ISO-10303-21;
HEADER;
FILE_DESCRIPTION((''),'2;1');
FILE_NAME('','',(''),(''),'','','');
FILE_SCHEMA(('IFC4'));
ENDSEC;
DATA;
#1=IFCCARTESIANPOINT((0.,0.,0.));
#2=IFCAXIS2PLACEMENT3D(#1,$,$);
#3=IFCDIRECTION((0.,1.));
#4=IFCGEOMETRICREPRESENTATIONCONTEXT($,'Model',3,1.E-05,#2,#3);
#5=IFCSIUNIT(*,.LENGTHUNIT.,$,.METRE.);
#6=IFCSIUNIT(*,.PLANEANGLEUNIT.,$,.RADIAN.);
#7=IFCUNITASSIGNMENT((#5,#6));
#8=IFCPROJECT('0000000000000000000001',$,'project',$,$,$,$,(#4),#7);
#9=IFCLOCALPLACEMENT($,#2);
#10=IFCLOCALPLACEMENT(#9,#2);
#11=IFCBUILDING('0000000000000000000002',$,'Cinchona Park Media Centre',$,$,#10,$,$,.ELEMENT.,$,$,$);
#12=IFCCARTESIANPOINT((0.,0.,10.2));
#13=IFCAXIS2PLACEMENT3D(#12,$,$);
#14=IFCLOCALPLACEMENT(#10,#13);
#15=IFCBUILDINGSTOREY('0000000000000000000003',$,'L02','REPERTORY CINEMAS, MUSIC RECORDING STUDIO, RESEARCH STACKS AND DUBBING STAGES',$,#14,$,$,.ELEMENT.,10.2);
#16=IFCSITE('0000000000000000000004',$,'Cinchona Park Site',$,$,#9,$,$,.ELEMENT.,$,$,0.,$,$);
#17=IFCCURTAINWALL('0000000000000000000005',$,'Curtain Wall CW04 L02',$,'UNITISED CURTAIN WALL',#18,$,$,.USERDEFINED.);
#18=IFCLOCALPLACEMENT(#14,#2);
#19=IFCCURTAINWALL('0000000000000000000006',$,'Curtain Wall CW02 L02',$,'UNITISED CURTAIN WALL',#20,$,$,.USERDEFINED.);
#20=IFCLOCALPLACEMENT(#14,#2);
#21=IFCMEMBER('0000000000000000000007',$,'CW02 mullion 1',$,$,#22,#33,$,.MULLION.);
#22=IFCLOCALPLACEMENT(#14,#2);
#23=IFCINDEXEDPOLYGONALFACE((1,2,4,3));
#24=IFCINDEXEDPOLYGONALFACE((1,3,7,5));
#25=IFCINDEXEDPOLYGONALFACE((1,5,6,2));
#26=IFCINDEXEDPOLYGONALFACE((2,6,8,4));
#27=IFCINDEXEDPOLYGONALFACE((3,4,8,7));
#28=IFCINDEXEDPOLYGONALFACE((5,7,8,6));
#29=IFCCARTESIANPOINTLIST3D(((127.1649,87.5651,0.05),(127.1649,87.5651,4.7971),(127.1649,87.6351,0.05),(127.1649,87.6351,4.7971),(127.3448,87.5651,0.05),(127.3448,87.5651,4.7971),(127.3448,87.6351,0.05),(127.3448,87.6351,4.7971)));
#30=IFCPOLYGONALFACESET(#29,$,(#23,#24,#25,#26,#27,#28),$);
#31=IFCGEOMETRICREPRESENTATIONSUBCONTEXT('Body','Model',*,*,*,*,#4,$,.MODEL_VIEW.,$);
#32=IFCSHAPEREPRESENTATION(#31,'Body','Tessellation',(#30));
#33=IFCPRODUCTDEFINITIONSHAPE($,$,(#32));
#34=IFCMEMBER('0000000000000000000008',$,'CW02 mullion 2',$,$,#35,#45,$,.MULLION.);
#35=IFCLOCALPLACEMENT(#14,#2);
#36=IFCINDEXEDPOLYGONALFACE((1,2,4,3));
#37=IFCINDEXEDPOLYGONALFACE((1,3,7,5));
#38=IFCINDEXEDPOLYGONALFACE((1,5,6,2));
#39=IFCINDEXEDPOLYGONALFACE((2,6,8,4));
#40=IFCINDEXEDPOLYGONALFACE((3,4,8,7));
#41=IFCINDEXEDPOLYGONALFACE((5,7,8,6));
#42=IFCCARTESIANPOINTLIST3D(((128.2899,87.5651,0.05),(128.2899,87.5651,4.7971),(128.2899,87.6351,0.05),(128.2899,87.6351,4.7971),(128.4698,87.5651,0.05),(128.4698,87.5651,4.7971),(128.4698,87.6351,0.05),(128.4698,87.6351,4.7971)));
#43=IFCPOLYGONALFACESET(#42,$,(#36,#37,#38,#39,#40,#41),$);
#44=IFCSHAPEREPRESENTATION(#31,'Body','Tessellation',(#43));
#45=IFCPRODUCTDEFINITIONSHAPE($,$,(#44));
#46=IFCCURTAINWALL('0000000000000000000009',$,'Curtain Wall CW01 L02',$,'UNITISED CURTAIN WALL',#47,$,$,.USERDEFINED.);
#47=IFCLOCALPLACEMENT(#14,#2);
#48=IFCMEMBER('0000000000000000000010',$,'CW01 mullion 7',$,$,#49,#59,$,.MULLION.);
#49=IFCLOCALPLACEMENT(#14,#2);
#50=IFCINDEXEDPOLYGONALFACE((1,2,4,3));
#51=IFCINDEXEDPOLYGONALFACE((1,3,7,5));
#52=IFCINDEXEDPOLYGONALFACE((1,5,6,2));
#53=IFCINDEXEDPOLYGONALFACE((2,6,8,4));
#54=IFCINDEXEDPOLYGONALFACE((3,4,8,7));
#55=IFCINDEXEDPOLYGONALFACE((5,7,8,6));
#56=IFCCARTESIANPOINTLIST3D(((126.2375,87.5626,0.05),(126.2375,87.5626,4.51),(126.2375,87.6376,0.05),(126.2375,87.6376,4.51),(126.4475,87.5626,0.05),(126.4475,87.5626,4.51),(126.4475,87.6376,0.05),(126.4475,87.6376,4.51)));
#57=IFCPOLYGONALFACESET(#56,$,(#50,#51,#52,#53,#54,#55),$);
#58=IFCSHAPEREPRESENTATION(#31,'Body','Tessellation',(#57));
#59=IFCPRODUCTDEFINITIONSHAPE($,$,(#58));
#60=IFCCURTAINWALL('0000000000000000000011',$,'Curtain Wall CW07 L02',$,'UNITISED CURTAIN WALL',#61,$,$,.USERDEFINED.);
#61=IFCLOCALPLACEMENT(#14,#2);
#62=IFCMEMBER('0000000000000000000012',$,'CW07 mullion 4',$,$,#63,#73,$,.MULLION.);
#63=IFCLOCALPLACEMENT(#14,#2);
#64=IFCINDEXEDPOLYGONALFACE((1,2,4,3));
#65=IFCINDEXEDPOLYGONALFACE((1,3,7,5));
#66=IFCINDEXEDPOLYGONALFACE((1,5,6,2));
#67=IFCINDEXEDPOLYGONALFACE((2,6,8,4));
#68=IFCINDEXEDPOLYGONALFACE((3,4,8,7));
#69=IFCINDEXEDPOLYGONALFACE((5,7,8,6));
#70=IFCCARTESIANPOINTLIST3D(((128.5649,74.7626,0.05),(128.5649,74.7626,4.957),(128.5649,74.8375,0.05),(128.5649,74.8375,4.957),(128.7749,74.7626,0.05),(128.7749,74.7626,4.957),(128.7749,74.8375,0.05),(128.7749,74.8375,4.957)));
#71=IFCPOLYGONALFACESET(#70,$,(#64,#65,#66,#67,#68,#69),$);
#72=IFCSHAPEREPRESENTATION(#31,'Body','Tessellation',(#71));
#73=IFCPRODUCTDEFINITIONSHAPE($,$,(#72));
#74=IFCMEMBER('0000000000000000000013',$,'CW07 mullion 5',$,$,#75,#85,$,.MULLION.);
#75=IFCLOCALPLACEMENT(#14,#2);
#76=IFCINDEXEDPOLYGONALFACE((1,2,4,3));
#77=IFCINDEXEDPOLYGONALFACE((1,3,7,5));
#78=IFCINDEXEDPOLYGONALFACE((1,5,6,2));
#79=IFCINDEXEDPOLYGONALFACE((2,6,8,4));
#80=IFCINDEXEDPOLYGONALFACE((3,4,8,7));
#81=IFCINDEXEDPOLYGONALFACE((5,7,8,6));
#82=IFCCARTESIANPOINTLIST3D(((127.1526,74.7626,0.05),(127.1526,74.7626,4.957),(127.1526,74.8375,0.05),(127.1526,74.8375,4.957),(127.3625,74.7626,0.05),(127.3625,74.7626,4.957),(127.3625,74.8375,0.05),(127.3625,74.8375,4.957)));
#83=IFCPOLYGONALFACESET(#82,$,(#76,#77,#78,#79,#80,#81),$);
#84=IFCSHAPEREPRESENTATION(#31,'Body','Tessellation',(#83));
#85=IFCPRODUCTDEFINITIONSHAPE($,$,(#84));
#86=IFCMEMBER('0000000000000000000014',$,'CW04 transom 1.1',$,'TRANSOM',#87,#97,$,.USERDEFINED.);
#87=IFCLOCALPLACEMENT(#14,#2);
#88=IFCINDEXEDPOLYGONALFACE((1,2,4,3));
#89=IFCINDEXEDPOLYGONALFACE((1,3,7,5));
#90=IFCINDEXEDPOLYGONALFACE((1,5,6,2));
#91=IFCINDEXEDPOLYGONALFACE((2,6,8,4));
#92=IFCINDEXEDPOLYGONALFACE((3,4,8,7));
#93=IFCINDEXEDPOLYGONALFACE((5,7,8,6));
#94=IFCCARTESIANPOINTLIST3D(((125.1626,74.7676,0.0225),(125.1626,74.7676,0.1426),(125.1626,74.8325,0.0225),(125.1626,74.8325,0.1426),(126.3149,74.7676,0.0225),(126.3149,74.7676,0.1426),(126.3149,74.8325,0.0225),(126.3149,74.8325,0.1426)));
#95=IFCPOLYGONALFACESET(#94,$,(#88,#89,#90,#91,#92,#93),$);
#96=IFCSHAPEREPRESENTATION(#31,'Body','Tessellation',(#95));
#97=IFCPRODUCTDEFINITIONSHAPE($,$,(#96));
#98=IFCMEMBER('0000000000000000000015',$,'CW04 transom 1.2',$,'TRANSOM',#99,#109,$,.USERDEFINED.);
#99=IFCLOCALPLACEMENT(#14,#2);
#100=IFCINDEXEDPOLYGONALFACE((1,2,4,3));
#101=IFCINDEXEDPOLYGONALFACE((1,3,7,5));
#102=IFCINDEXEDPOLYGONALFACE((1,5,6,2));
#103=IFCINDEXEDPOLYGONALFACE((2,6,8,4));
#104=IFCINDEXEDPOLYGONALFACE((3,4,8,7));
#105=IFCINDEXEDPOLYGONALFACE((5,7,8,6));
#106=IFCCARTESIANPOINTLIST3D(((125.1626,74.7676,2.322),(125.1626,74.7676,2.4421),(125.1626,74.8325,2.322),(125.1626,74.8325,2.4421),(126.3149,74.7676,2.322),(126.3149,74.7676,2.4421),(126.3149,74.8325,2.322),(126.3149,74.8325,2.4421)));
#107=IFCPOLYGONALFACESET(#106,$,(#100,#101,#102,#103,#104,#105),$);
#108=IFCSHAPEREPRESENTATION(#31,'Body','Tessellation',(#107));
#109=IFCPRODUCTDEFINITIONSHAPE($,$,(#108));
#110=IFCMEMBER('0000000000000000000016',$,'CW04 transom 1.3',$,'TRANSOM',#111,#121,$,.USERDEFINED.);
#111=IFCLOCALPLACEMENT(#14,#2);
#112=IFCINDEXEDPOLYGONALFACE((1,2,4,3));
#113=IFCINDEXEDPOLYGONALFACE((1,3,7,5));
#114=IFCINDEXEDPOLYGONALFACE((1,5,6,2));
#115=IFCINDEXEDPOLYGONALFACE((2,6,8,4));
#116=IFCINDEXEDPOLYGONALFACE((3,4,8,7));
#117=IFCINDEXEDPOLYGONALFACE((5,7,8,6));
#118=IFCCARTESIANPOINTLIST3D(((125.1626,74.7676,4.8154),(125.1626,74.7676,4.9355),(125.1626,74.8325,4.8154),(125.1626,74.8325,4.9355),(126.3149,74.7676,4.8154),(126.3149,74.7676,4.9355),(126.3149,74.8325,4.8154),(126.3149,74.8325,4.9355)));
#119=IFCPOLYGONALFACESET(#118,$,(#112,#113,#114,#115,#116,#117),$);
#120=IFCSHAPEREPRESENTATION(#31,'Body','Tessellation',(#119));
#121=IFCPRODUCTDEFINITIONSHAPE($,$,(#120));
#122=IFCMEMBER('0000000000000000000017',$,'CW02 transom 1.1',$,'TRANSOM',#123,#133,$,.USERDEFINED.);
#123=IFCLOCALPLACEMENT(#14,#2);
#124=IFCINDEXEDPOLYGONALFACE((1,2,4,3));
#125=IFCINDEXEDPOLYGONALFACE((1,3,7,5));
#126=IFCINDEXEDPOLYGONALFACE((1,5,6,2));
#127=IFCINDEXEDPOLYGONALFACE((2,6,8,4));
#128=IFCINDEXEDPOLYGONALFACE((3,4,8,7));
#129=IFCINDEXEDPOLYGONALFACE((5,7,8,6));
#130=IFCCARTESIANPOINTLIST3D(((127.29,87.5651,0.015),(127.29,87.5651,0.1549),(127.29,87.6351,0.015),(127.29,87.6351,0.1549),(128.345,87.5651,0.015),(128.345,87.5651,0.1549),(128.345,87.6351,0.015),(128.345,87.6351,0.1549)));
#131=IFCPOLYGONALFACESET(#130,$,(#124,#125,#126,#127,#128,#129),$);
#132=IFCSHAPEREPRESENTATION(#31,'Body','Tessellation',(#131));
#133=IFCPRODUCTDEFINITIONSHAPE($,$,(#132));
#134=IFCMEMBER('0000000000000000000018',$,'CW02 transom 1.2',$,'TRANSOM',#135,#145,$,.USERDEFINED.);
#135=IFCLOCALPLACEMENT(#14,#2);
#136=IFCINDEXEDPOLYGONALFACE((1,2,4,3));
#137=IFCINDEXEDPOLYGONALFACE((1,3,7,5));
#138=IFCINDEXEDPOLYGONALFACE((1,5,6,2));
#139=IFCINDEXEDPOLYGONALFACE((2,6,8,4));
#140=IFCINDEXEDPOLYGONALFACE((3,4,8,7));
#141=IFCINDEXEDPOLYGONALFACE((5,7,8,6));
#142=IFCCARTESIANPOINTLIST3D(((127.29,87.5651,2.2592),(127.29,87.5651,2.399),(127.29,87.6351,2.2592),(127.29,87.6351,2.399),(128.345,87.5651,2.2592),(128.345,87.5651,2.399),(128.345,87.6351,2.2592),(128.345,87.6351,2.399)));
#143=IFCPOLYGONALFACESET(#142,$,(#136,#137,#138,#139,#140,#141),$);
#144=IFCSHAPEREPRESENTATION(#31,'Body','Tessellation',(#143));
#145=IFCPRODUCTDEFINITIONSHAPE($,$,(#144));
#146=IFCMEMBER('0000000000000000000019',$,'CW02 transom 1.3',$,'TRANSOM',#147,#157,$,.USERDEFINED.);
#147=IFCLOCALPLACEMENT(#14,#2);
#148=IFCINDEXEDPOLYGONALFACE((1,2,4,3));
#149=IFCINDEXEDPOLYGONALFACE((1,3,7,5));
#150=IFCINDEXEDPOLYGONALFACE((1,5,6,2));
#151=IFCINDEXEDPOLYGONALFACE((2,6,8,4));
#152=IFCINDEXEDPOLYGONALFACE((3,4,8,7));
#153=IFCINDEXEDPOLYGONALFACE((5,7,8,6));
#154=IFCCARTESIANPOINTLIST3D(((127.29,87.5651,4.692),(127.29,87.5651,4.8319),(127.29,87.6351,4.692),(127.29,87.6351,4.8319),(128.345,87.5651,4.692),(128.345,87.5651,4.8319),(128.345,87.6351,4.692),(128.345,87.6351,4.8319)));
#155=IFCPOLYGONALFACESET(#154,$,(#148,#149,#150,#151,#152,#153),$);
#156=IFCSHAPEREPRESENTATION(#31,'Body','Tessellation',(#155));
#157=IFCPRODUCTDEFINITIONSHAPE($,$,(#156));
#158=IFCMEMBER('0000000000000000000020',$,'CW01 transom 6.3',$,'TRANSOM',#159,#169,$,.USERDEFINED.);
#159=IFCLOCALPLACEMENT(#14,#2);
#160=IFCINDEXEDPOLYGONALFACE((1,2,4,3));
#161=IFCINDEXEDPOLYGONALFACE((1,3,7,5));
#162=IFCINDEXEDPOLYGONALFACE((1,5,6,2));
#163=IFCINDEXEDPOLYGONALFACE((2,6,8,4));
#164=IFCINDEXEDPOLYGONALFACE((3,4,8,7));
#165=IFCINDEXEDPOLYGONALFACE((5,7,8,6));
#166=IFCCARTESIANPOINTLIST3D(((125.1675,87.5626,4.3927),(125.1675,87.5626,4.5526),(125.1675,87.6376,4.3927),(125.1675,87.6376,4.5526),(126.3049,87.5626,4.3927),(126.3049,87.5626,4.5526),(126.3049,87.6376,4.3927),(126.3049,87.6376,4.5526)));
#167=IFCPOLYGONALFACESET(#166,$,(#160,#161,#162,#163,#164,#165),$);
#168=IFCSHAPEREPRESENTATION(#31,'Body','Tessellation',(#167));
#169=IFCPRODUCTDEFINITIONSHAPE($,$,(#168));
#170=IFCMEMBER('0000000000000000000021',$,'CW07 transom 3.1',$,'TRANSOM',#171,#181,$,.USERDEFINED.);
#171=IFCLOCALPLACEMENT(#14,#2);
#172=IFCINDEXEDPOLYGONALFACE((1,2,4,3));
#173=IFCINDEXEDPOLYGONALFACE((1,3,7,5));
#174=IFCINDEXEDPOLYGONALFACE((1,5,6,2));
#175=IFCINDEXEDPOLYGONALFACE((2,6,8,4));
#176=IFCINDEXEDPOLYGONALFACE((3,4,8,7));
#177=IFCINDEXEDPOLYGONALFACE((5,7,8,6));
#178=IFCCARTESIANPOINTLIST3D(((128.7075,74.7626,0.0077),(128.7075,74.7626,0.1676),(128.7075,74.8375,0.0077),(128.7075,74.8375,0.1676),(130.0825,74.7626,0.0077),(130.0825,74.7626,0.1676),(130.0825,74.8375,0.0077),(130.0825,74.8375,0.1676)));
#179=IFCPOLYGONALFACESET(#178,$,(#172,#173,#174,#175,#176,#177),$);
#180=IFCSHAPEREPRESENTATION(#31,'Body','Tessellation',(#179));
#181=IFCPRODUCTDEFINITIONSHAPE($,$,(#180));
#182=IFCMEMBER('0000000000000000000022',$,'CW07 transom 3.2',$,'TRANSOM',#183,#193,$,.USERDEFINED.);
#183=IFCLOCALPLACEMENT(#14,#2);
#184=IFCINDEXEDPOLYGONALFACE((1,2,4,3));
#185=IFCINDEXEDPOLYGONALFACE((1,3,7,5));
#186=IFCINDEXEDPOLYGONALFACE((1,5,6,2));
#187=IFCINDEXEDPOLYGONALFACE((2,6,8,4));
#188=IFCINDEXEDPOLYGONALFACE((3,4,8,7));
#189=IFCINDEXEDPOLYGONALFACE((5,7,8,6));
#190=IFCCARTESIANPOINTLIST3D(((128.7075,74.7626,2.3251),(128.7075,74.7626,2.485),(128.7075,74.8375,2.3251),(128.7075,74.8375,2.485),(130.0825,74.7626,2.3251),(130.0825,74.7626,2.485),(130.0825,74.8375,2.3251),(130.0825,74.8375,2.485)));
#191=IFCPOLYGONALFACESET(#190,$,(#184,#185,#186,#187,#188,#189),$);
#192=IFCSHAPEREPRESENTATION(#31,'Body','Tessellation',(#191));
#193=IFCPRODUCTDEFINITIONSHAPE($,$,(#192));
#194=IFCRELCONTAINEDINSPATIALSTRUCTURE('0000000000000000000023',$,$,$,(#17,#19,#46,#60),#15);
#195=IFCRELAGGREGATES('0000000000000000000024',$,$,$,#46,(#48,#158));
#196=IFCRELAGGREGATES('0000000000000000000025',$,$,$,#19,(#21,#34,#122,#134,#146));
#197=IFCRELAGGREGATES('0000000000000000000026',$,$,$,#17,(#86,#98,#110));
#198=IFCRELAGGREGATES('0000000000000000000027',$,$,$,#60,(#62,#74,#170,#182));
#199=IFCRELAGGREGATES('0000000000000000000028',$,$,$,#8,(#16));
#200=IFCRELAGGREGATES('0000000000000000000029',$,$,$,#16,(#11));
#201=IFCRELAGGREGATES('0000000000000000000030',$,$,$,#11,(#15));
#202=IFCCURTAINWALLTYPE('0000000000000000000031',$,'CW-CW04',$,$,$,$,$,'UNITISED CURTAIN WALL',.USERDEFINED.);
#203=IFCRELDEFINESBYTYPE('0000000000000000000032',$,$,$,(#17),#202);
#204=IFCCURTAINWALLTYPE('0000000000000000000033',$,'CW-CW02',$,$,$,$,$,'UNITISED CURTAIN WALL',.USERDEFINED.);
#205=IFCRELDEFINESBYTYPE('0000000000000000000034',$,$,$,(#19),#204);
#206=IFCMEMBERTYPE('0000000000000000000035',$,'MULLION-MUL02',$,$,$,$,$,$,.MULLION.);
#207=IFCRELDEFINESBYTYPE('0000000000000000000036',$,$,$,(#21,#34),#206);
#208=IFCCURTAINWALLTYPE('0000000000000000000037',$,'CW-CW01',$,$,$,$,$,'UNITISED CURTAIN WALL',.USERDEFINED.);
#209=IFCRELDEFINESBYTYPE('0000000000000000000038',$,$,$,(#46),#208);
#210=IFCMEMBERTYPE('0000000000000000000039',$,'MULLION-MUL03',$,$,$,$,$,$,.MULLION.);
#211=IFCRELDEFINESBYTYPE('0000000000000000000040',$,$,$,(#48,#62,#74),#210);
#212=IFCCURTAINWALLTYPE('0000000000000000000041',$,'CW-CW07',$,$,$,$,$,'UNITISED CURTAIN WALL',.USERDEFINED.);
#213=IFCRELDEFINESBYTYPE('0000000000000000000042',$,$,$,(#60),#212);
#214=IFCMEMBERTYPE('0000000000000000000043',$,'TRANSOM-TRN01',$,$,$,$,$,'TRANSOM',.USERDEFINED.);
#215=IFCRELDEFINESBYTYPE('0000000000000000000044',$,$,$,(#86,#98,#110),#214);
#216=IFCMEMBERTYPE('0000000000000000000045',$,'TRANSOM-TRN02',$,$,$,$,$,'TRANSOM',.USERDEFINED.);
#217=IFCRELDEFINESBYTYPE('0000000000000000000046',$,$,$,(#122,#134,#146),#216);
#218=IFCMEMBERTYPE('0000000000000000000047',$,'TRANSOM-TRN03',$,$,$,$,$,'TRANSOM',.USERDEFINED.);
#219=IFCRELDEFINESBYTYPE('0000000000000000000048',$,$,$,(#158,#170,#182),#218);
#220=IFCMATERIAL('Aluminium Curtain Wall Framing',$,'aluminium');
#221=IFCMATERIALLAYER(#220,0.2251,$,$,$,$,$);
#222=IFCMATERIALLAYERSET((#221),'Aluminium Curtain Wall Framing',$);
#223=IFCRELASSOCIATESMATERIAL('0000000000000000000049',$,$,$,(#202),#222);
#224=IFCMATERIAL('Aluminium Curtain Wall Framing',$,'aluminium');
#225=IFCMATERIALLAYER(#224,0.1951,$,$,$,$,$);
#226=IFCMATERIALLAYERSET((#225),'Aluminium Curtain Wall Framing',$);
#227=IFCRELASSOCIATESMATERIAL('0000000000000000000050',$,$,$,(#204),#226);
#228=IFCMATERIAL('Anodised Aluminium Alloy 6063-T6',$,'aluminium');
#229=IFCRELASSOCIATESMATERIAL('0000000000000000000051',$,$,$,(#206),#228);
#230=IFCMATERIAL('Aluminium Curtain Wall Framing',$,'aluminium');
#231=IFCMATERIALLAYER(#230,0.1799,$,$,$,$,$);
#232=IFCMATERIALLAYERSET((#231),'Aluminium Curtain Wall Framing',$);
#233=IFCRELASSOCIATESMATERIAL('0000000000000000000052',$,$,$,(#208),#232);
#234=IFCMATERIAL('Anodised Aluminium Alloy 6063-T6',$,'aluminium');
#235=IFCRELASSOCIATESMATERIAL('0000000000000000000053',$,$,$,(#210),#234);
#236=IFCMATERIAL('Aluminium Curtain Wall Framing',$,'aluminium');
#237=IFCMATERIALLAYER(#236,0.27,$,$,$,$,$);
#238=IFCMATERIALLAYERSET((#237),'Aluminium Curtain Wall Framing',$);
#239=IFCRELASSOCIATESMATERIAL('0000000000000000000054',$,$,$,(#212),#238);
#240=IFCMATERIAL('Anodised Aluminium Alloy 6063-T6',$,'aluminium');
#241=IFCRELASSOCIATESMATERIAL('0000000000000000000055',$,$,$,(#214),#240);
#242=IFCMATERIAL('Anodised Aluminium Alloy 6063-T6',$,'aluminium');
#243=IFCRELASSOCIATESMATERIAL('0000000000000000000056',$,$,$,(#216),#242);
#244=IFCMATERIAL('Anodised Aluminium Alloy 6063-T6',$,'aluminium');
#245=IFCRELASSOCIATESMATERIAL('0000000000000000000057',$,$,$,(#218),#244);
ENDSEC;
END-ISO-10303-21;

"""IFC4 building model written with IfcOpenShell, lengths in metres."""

from ifc_helpers import new_model, si_unit, direction, frame, origin, origin_2d, place, context, subcontext, project, spatial, rectangle, extrude, material, layer, layer_set, material_profile, profile_set, type_object, element, aggregate, save


model = new_model("IFC4")

# Units and contexts
model_context = context("Model", 3, precision=1e-05, world=origin(), true_north=direction((0.0, 1.0)))
body_context = subcontext(model_context, "Body", "Model", "MODEL_VIEW")
ifc_project = project(units=[si_unit("LENGTHUNIT", "METRE"), si_unit("PLANEANGLEUNIT", "RADIAN")], contexts=[model_context])

# Site, building, storey
site_placement = place(None, origin())
site = spatial("IfcSite", under=ifc_project, at=site_placement, Name="Cinchona Park Site", CompositionType="ELEMENT", RefElevation=0.0)
building_placement = place(site_placement, origin())
building = spatial("IfcBuilding", under=site, at=building_placement, Name="Cinchona Park Media Centre", CompositionType="ELEMENT")
storey_placement = place(building_placement, frame((0.0, 0.0, 10.2)))
storey = spatial("IfcBuildingStorey", under=building, at=storey_placement, Name="L02", Description="REPERTORY CINEMAS, MUSIC RECORDING STUDIO, RESEARCH STACKS AND DUBBING STAGES", CompositionType="ELEMENT", Elevation=10.2)

# Curtain wall
ifc_material_1 = material(Name="Aluminium Curtain Wall Framing", Category="aluminium")
ifc_layer_1 = layer(ifc_material_1, 0.2251)
ifc_layer_set_1 = layer_set([ifc_layer_1], Name="Aluminium Curtain Wall Framing")
curtain_wall_type_1 = type_object("IfcCurtainWallType", Name="CW-CW04", ElementType="UNITISED CURTAIN WALL", PredefinedType="USERDEFINED", material=ifc_layer_set_1)
curtain_wall_1_placement = place(storey_placement, origin())
curtain_wall_1 = element("IfcCurtainWall", 1, at=curtain_wall_1_placement, inside=storey, type_object=curtain_wall_type_1, Name="Curtain Wall CW04 L02", ObjectType="UNITISED CURTAIN WALL", PredefinedType="USERDEFINED")

# Curtain wall, members
ifc_material_2 = material(Name="Aluminium Curtain Wall Framing", Category="aluminium")
ifc_layer_2 = layer(ifc_material_2, 0.1951)
ifc_layer_set_2 = layer_set([ifc_layer_2], Name="Aluminium Curtain Wall Framing")
curtain_wall_type_2 = type_object("IfcCurtainWallType", Name="CW-CW02", ElementType="UNITISED CURTAIN WALL", PredefinedType="USERDEFINED", material=ifc_layer_set_2)
curtain_wall_2_placement = place(storey_placement, origin())
curtain_wall_2 = element("IfcCurtainWall", 2, at=curtain_wall_2_placement, inside=storey, type_object=curtain_wall_type_2, Name="Curtain Wall CW02 L02", ObjectType="UNITISED CURTAIN WALL", PredefinedType="USERDEFINED")
ifc_material_3 = material(Name="Anodised Aluminium Alloy 6063-T6", Category="aluminium")
ifc_material_profile_1 = material_profile(ifc_material_3, rectangle(XDim=0.0701, YDim=0.1799, at=origin_2d()), Name="MUL-70X180")
ifc_profile_set_1 = profile_set([ifc_material_profile_1], Name="Anodised Aluminium Alloy 6063-T6")
member_type_1 = type_object("IfcMemberType", Name="MULLION-MUL02", PredefinedType="MULLION", material=ifc_profile_set_1)
member_1_placement = place(storey_placement, frame((127.2549, 87.6001, 0.05), z_axis=(0.0, 0.0, 1.0), x_axis=(0.0, 1.0, 0.0)))
member_1 = element("IfcMember", 3, at=member_1_placement, type_object=member_type_1, Name="CW02 mullion 1", PredefinedType="MULLION", context=body_context, shape_type="SweptSolid", body=[
    extrude(rectangle(XDim=0.0701, YDim=0.1799, at=origin_2d()), origin(), (0.0, 0.0, 1.0), 4.7471),
])
member_2_placement = place(storey_placement, frame((128.3799, 87.6001, 0.05), z_axis=(0.0, 0.0, 1.0), x_axis=(0.0, 1.0, 0.0)))
member_2 = element("IfcMember", 4, at=member_2_placement, type_object=member_type_1, Name="CW02 mullion 2", PredefinedType="MULLION", context=body_context, shape_type="SweptSolid", body=[
    extrude(rectangle(XDim=0.0701, YDim=0.1799, at=origin_2d()), origin(), (0.0, 0.0, 1.0), 4.7471),
])

# Curtain wall, member
ifc_material_4 = material(Name="Aluminium Curtain Wall Framing", Category="aluminium")
ifc_layer_3 = layer(ifc_material_4, 0.1799)
ifc_layer_set_3 = layer_set([ifc_layer_3], Name="Aluminium Curtain Wall Framing")
curtain_wall_type_3 = type_object("IfcCurtainWallType", Name="CW-CW01", ElementType="UNITISED CURTAIN WALL", PredefinedType="USERDEFINED", material=ifc_layer_set_3)
curtain_wall_3_placement = place(storey_placement, origin())
curtain_wall_3 = element("IfcCurtainWall", 5, at=curtain_wall_3_placement, inside=storey, type_object=curtain_wall_type_3, Name="Curtain Wall CW01 L02", ObjectType="UNITISED CURTAIN WALL", PredefinedType="USERDEFINED")
ifc_material_5 = material(Name="Anodised Aluminium Alloy 6063-T6", Category="aluminium")
ifc_material_profile_2 = material_profile(ifc_material_5, rectangle(XDim=0.075, YDim=0.21, at=origin_2d()), Name="MUL-75X210")
ifc_profile_set_2 = profile_set([ifc_material_profile_2], Name="Anodised Aluminium Alloy 6063-T6")
member_type_2 = type_object("IfcMemberType", Name="MULLION-MUL03", PredefinedType="MULLION", material=ifc_profile_set_2)
member_3_placement = place(storey_placement, frame((126.3425, 87.6001, 0.05), z_axis=(0.0, 0.0, 1.0), x_axis=(0.0, 1.0, 0.0)))
member_3 = element("IfcMember", 6, at=member_3_placement, type_object=member_type_2, Name="CW01 mullion 7", PredefinedType="MULLION", context=body_context, shape_type="SweptSolid", body=[
    extrude(rectangle(XDim=0.075, YDim=0.21, at=origin_2d()), origin(), (0.0, 0.0, 1.0), 4.46),
])

# Curtain wall, members
ifc_material_6 = material(Name="Aluminium Curtain Wall Framing", Category="aluminium")
ifc_layer_4 = layer(ifc_material_6, 0.27)
ifc_layer_set_4 = layer_set([ifc_layer_4], Name="Aluminium Curtain Wall Framing")
curtain_wall_type_4 = type_object("IfcCurtainWallType", Name="CW-CW07", ElementType="UNITISED CURTAIN WALL", PredefinedType="USERDEFINED", material=ifc_layer_set_4)
curtain_wall_4_placement = place(storey_placement, origin())
curtain_wall_4 = element("IfcCurtainWall", 7, at=curtain_wall_4_placement, inside=storey, type_object=curtain_wall_type_4, Name="Curtain Wall CW07 L02", ObjectType="UNITISED CURTAIN WALL", PredefinedType="USERDEFINED")
member_4_placement = place(storey_placement, frame((128.6699, 74.8, 0.05), z_axis=(0.0, 0.0, 1.0), x_axis=(0.0, -1.0, 0.0)))
member_4 = element("IfcMember", 8, at=member_4_placement, type_object=member_type_2, Name="CW07 mullion 4", PredefinedType="MULLION", context=body_context, shape_type="SweptSolid", body=[
    extrude(rectangle(XDim=0.075, YDim=0.21, at=origin_2d()), origin(), (0.0, 0.0, 1.0), 4.907),
])
member_5_placement = place(storey_placement, frame((127.2576, 74.8, 0.05), z_axis=(0.0, 0.0, 1.0), x_axis=(0.0, -1.0, 0.0)))
member_5 = element("IfcMember", 9, at=member_5_placement, type_object=member_type_2, Name="CW07 mullion 5", PredefinedType="MULLION", context=body_context, shape_type="SweptSolid", body=[
    extrude(rectangle(XDim=0.075, YDim=0.21, at=origin_2d()), origin(), (0.0, 0.0, 1.0), 4.907),
])

# Members
ifc_material_7 = material(Name="Anodised Aluminium Alloy 6063-T6", Category="aluminium")
ifc_material_profile_3 = material_profile(ifc_material_7, rectangle(XDim=0.0649, YDim=0.1201, at=origin_2d()), Name="TRN-65X120")
ifc_profile_set_3 = profile_set([ifc_material_profile_3], Name="Anodised Aluminium Alloy 6063-T6")
member_type_3 = type_object("IfcMemberType", Name="TRANSOM-TRN01", ElementType="TRANSOM", PredefinedType="USERDEFINED", material=ifc_profile_set_3)
member_6_placement = place(storey_placement, frame((126.3149, 74.8, 0.0825), z_axis=(-1.0, 0.0, 0.0), x_axis=(0.0, -1.0, 0.0)))
member_6 = element("IfcMember", 10, at=member_6_placement, type_object=member_type_3, Name="CW04 transom 1.1", ObjectType="TRANSOM", PredefinedType="USERDEFINED", context=body_context, shape_type="SweptSolid", body=[
    extrude(rectangle(XDim=0.0649, YDim=0.1201, at=origin_2d()), origin(), (0.0, 0.0, 1.0), 1.1523),
])
member_7_placement = place(storey_placement, frame((126.3149, 74.8, 2.3821), z_axis=(-1.0, 0.0, 0.0), x_axis=(0.0, -1.0, 0.0)))
member_7 = element("IfcMember", 11, at=member_7_placement, type_object=member_type_3, Name="CW04 transom 1.2", ObjectType="TRANSOM", PredefinedType="USERDEFINED", context=body_context, shape_type="SweptSolid", body=[
    extrude(rectangle(XDim=0.0649, YDim=0.1201, at=origin_2d()), origin(), (0.0, 0.0, 1.0), 1.1523),
])
member_8_placement = place(storey_placement, frame((126.3149, 74.8, 4.8755), z_axis=(-1.0, 0.0, 0.0), x_axis=(0.0, -1.0, 0.0)))
member_8 = element("IfcMember", 12, at=member_8_placement, type_object=member_type_3, Name="CW04 transom 1.3", ObjectType="TRANSOM", PredefinedType="USERDEFINED", context=body_context, shape_type="SweptSolid", body=[
    extrude(rectangle(XDim=0.0649, YDim=0.1201, at=origin_2d()), origin(), (0.0, 0.0, 1.0), 1.1523),
])
ifc_material_8 = material(Name="Anodised Aluminium Alloy 6063-T6", Category="aluminium")
ifc_material_profile_4 = material_profile(ifc_material_8, rectangle(XDim=0.0701, YDim=0.1399, at=origin_2d()), Name="TRN-70X140")
ifc_profile_set_4 = profile_set([ifc_material_profile_4], Name="Anodised Aluminium Alloy 6063-T6")
member_type_4 = type_object("IfcMemberType", Name="TRANSOM-TRN02", ElementType="TRANSOM", PredefinedType="USERDEFINED", material=ifc_profile_set_4)
member_9_placement = place(storey_placement, frame((127.29, 87.6001, 0.085), z_axis=(1.0, 0.0, 0.0), x_axis=(0.0, 1.0, 0.0)))
member_9 = element("IfcMember", 13, at=member_9_placement, type_object=member_type_4, Name="CW02 transom 1.1", ObjectType="TRANSOM", PredefinedType="USERDEFINED", context=body_context, shape_type="SweptSolid", body=[
    extrude(rectangle(XDim=0.0701, YDim=0.1399, at=origin_2d()), origin(), (0.0, 0.0, 1.0), 1.0549),
])
member_10_placement = place(storey_placement, frame((127.29, 87.6001, 2.3291), z_axis=(1.0, 0.0, 0.0), x_axis=(0.0, 1.0, 0.0)))
member_10 = element("IfcMember", 14, at=member_10_placement, type_object=member_type_4, Name="CW02 transom 1.2", ObjectType="TRANSOM", PredefinedType="USERDEFINED", context=body_context, shape_type="SweptSolid", body=[
    extrude(rectangle(XDim=0.0701, YDim=0.1399, at=origin_2d()), origin(), (0.0, 0.0, 1.0), 1.0549),
])
member_11_placement = place(storey_placement, frame((127.29, 87.6001, 4.762), z_axis=(1.0, 0.0, 0.0), x_axis=(0.0, 1.0, 0.0)))
member_11 = element("IfcMember", 15, at=member_11_placement, type_object=member_type_4, Name="CW02 transom 1.3", ObjectType="TRANSOM", PredefinedType="USERDEFINED", context=body_context, shape_type="SweptSolid", body=[
    extrude(rectangle(XDim=0.0701, YDim=0.1399, at=origin_2d()), origin(), (0.0, 0.0, 1.0), 1.0549),
])
ifc_material_9 = material(Name="Anodised Aluminium Alloy 6063-T6", Category="aluminium")
ifc_material_profile_5 = material_profile(ifc_material_9, rectangle(XDim=0.075, YDim=0.1599, at=origin_2d()), Name="TRN-75X160")
ifc_profile_set_5 = profile_set([ifc_material_profile_5], Name="Anodised Aluminium Alloy 6063-T6")
member_type_5 = type_object("IfcMemberType", Name="TRANSOM-TRN03", ElementType="TRANSOM", PredefinedType="USERDEFINED", material=ifc_profile_set_5)
member_12_placement = place(storey_placement, frame((125.1675, 87.6001, 4.4727), z_axis=(1.0, 0.0, 0.0), x_axis=(0.0, 1.0, 0.0)))
member_12 = element("IfcMember", 16, at=member_12_placement, type_object=member_type_5, Name="CW01 transom 6.3", ObjectType="TRANSOM", PredefinedType="USERDEFINED", context=body_context, shape_type="SweptSolid", body=[
    extrude(rectangle(XDim=0.075, YDim=0.1599, at=origin_2d()), origin(), (0.0, 0.0, 1.0), 1.1375),
])
member_13_placement = place(storey_placement, frame((130.0825, 74.8, 0.0876), z_axis=(-1.0, 0.0, 0.0), x_axis=(0.0, -1.0, 0.0)))
member_13 = element("IfcMember", 17, at=member_13_placement, type_object=member_type_5, Name="CW07 transom 3.1", ObjectType="TRANSOM", PredefinedType="USERDEFINED", context=body_context, shape_type="SweptSolid", body=[
    extrude(rectangle(XDim=0.075, YDim=0.1599, at=origin_2d()), origin(), (0.0, 0.0, 1.0), 1.375),
])
member_14_placement = place(storey_placement, frame((130.0825, 74.8, 2.405), z_axis=(-1.0, 0.0, 0.0), x_axis=(0.0, -1.0, 0.0)))
member_14 = element("IfcMember", 18, at=member_14_placement, type_object=member_type_5, Name="CW07 transom 3.2", ObjectType="TRANSOM", PredefinedType="USERDEFINED", context=body_context, shape_type="SweptSolid", body=[
    extrude(rectangle(XDim=0.075, YDim=0.1599, at=origin_2d()), origin(), (0.0, 0.0, 1.0), 1.375),
])

aggregate(curtain_wall_3, [member_3, member_12])
aggregate(curtain_wall_2, [member_1, member_2, member_9, member_10, member_11])
aggregate(curtain_wall_1, [member_6, member_7, member_8])
aggregate(curtain_wall_4, [member_4, member_5, member_13, member_14])

save(model, "model.ifc")
